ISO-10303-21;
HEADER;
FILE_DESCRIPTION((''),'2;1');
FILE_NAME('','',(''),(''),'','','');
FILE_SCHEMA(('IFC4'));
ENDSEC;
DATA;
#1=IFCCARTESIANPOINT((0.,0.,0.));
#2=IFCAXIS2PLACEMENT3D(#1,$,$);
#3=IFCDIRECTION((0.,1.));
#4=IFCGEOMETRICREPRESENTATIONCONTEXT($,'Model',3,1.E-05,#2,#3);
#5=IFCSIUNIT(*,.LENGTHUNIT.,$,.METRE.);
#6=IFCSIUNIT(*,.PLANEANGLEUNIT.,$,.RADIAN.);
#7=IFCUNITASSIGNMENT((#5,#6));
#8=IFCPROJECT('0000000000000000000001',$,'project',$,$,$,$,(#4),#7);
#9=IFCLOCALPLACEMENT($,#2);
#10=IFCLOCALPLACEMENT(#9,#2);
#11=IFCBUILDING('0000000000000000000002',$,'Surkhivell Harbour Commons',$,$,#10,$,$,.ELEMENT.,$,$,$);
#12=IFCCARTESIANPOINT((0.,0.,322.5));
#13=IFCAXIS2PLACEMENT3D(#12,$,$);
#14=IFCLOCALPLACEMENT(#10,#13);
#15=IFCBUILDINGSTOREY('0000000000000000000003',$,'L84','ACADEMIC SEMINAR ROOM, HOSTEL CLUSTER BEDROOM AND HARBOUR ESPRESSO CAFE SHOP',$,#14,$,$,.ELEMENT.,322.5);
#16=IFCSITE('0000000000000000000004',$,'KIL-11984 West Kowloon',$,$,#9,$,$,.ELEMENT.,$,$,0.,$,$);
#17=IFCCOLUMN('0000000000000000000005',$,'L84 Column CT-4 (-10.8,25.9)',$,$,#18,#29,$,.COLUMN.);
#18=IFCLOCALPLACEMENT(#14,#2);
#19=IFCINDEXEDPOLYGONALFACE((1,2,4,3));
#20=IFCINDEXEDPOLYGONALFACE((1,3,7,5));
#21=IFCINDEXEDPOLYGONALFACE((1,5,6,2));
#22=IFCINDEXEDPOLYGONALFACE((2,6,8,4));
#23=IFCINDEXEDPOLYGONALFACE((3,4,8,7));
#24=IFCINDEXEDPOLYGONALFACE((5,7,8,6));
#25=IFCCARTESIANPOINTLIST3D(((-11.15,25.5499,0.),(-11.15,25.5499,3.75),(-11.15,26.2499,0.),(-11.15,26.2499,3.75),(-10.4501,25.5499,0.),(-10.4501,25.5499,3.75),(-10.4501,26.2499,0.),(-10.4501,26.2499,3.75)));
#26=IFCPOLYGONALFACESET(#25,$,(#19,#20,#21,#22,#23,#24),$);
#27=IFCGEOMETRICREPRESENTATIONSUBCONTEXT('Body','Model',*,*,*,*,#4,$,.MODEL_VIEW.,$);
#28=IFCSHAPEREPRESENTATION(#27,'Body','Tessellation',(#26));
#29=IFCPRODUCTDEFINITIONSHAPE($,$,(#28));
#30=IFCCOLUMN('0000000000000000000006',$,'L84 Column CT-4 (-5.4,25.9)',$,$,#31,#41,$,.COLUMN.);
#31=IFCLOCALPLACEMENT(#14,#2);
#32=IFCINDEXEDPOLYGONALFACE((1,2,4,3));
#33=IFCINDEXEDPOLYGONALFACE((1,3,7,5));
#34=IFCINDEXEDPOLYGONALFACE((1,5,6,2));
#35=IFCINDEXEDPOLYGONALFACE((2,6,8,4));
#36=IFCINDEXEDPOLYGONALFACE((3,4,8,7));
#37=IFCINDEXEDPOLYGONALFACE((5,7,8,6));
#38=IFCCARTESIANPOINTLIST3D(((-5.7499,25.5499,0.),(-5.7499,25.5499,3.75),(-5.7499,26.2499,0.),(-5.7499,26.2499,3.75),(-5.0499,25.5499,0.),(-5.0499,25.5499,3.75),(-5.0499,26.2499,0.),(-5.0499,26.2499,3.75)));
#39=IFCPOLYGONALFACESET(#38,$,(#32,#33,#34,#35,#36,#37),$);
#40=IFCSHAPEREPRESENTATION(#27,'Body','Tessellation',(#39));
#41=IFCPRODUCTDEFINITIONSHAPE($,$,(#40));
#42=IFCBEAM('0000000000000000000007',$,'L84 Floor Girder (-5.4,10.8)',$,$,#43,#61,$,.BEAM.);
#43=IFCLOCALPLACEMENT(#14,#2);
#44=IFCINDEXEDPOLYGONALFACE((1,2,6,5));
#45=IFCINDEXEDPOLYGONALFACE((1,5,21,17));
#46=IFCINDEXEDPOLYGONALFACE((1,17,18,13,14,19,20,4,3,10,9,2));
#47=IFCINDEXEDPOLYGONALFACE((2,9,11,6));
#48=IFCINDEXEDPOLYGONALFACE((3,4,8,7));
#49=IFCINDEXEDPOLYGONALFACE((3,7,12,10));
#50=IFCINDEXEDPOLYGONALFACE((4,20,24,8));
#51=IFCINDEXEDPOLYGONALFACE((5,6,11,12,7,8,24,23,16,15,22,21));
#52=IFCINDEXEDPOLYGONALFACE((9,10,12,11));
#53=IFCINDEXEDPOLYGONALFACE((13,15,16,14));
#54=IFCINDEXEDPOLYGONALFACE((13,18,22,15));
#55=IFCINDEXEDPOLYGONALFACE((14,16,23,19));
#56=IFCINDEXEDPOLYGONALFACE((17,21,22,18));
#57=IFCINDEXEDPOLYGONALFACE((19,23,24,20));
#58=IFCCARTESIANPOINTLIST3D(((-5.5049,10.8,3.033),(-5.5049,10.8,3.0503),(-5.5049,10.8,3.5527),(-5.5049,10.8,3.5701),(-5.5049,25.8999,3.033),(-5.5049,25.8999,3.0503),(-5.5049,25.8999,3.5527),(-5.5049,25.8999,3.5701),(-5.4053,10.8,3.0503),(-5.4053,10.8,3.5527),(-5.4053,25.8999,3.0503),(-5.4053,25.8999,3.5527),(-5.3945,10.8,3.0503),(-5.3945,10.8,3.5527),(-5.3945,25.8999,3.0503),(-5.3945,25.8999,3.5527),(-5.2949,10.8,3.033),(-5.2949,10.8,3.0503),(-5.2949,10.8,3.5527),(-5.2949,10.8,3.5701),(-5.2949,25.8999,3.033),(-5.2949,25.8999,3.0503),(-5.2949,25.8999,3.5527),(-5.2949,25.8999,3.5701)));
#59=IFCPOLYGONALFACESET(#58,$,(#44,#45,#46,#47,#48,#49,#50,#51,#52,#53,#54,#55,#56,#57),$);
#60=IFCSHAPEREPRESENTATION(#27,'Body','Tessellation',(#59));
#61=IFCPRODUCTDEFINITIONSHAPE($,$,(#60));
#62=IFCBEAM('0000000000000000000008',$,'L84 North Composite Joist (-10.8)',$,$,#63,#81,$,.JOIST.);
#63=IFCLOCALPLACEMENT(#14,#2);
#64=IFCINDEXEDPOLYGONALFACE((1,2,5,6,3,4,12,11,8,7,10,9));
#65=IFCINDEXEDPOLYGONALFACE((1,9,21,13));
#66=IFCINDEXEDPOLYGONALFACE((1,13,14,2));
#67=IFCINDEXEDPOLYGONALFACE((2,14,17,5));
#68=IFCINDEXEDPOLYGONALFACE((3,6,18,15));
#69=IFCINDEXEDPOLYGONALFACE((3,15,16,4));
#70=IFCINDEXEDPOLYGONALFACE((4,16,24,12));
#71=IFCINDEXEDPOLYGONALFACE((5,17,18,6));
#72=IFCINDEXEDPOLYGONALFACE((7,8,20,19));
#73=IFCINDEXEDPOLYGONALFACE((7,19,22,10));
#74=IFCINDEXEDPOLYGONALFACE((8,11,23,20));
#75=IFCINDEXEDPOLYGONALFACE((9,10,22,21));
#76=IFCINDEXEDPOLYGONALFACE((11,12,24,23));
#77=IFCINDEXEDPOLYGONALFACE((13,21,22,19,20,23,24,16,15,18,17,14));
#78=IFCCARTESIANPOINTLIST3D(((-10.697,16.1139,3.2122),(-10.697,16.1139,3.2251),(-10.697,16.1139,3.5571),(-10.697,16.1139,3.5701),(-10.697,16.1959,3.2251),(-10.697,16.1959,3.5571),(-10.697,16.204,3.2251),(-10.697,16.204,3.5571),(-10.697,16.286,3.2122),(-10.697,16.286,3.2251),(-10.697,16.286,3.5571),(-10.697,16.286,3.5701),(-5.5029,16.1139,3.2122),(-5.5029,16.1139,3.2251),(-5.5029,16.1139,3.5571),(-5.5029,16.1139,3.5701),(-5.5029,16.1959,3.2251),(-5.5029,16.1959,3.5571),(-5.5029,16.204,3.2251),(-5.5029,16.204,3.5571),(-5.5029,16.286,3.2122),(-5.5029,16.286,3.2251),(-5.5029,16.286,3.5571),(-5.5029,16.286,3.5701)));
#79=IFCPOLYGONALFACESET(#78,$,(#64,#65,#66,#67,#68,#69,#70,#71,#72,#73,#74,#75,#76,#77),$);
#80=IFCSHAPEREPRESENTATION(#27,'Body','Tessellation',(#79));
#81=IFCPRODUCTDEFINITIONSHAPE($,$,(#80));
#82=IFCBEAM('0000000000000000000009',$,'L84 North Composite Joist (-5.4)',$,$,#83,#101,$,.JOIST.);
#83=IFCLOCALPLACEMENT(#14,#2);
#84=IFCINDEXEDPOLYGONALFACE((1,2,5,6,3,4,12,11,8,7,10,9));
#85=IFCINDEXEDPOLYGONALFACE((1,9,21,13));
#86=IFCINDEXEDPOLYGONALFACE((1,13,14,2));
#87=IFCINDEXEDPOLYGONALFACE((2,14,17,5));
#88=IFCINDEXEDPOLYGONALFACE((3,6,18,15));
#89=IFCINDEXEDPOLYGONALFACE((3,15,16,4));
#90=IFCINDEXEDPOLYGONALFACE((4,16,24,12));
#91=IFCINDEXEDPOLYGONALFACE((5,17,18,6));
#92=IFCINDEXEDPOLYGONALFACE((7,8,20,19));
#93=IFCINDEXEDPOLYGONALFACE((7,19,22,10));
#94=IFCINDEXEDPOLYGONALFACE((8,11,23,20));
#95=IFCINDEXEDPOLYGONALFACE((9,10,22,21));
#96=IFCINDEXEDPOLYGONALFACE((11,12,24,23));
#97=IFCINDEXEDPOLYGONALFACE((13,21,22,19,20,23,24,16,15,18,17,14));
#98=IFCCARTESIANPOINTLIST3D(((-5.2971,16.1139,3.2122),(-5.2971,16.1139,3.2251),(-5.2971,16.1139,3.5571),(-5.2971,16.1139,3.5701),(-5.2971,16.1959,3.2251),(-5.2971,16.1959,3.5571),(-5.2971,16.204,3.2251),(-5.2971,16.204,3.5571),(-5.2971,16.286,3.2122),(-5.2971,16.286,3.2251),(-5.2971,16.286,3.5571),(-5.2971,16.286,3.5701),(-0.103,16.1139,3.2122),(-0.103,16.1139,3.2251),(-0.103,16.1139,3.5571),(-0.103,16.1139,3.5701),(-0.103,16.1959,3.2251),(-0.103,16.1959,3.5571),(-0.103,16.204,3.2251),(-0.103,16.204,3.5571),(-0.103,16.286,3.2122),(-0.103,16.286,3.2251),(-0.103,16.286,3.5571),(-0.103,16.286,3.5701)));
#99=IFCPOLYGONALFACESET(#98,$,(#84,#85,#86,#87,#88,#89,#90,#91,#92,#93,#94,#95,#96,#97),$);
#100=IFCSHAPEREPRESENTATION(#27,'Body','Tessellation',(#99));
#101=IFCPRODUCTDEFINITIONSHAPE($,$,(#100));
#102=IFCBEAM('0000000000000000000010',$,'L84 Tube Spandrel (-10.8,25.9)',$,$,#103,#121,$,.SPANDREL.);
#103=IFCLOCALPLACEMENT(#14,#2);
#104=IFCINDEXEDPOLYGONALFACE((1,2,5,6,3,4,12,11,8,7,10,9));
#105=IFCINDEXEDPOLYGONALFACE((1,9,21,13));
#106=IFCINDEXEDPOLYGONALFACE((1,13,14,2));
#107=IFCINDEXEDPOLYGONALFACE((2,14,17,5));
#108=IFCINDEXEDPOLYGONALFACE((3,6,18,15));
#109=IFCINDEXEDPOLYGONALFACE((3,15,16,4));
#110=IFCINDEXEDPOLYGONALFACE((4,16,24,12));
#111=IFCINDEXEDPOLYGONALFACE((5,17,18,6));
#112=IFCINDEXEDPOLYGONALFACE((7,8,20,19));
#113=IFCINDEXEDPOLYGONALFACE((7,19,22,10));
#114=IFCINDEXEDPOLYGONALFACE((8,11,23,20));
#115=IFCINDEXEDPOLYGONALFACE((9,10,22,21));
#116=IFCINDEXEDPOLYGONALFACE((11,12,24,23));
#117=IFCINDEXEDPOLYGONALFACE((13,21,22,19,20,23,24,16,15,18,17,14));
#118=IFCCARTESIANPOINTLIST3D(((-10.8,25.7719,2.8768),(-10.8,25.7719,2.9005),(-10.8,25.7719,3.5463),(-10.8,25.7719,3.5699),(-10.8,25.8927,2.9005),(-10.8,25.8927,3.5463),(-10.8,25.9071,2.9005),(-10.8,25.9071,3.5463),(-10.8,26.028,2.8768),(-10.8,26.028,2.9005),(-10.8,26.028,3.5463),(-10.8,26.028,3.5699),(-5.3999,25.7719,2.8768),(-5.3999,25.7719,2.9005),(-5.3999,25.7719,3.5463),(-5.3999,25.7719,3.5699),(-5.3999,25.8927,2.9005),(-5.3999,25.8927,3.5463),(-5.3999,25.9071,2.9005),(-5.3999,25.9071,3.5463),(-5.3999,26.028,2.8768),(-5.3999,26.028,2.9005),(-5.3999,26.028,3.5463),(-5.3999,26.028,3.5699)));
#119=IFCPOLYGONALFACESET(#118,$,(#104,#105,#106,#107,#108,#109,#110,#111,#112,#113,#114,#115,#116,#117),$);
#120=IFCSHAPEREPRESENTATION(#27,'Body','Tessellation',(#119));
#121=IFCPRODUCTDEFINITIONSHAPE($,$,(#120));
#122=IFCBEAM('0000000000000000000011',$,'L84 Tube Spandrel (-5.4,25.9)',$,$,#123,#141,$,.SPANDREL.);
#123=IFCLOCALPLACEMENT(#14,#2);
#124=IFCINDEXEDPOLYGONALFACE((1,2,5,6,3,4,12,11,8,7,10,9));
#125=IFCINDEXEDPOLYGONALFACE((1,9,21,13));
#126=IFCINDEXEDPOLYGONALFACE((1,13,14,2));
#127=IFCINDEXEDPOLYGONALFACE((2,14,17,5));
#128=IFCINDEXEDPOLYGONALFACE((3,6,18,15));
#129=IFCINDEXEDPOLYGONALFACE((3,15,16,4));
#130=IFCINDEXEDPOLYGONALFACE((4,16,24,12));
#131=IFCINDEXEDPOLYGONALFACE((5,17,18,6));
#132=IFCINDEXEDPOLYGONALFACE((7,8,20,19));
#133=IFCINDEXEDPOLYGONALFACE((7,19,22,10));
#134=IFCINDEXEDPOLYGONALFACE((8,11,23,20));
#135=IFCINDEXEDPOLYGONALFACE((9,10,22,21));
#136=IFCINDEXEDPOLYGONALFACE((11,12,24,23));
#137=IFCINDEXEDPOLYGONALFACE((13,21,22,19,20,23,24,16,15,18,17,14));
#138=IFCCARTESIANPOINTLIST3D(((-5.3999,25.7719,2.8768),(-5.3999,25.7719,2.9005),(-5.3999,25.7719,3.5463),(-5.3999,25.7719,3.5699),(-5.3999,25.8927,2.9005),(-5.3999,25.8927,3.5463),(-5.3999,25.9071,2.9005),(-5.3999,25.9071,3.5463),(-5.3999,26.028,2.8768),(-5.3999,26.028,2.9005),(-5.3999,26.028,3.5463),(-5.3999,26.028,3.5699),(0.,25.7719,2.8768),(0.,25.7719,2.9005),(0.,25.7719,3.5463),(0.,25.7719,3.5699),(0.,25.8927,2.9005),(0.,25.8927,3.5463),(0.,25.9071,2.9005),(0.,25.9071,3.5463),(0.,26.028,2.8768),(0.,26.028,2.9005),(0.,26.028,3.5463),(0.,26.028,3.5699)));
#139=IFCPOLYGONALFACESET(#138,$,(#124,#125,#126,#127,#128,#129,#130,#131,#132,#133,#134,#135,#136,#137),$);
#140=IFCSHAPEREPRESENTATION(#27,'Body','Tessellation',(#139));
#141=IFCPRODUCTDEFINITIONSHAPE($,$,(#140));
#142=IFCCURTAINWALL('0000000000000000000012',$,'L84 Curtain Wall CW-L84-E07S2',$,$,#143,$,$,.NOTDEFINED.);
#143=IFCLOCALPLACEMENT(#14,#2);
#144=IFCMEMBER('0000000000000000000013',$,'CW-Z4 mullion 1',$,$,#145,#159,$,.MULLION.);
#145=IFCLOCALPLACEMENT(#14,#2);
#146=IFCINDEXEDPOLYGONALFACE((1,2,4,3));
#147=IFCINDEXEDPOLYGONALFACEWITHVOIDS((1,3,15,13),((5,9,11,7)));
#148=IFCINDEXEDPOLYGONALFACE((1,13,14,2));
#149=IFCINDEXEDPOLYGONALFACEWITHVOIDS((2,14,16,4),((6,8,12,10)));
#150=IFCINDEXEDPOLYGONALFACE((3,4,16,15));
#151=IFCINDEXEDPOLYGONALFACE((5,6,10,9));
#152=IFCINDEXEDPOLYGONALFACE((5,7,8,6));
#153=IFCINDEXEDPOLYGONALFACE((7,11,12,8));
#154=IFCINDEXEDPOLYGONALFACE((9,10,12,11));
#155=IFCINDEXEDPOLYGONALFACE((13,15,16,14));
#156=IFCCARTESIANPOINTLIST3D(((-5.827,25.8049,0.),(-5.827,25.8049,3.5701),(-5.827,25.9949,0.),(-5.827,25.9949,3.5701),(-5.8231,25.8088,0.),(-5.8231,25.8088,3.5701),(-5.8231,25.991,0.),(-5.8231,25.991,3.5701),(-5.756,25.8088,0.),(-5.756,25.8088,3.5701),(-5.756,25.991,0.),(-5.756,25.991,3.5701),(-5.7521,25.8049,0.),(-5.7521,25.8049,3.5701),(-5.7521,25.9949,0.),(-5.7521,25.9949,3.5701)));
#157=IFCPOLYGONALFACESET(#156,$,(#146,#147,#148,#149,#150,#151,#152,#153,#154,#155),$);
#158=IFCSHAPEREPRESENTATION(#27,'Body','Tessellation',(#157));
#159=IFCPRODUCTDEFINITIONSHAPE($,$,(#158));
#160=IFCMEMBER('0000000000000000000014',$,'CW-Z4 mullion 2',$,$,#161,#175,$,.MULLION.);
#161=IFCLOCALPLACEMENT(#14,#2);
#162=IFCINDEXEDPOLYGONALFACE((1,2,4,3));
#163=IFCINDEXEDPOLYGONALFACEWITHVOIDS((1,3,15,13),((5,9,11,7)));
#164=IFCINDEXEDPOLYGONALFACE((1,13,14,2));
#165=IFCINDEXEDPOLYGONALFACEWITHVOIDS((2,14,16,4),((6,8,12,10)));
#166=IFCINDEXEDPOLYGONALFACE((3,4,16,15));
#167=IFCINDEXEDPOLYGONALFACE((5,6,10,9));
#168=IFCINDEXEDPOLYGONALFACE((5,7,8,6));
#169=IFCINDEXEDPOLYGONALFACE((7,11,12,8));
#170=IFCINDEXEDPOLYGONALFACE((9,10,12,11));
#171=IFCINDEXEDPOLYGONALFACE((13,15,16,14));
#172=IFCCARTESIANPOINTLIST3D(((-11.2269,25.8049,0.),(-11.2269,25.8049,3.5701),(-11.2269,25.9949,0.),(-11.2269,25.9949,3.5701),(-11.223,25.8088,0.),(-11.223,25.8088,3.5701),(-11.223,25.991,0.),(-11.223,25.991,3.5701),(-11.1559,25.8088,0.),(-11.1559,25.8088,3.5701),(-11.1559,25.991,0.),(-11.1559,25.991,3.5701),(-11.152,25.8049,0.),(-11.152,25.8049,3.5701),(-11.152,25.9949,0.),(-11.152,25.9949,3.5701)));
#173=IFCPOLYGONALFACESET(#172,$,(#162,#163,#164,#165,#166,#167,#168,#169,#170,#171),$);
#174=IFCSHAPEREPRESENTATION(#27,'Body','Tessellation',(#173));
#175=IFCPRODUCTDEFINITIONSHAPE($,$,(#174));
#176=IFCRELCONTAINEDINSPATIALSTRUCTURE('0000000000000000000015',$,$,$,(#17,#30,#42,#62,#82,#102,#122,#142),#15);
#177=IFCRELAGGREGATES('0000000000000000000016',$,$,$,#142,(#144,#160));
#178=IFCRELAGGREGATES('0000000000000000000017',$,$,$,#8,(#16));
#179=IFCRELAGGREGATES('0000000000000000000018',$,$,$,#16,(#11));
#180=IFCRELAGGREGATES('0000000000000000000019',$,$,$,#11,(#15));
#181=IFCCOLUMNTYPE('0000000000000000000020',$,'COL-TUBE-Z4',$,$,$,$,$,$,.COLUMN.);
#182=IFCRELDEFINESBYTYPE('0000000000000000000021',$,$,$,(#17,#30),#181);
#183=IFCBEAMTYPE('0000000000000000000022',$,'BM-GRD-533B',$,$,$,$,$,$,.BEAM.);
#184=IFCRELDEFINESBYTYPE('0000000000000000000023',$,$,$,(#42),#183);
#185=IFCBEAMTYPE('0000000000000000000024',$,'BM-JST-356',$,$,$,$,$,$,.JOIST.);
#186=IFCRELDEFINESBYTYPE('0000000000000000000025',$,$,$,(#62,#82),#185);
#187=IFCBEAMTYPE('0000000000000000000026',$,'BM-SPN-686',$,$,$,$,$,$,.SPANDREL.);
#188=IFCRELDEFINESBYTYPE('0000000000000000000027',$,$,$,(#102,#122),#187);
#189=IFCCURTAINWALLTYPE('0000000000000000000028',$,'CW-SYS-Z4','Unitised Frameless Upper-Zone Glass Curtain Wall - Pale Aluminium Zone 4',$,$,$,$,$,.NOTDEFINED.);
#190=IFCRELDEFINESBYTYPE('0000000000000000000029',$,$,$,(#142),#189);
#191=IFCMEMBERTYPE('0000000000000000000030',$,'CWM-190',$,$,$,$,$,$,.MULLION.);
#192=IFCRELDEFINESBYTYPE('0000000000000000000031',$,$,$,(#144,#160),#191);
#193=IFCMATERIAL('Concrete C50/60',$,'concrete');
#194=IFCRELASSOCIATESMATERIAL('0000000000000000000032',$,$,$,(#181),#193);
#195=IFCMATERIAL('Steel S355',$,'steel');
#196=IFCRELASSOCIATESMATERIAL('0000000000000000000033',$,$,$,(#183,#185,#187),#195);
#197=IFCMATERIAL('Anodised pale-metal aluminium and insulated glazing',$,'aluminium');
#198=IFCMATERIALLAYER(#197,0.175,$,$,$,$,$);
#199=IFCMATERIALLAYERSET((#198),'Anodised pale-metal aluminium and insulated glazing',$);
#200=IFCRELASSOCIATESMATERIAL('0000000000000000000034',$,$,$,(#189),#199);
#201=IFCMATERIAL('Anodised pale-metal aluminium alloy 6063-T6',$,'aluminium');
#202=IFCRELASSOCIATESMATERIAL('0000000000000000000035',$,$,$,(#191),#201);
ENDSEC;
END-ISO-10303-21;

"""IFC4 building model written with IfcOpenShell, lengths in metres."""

from ifc_helpers import new_model, si_unit, direction, frame, origin, origin_2d, place, context, subcontext, project, spatial, rectangle, hollow_rectangle, i_section, extrude, material, layer, layer_set, material_profile, profile_set, type_object, element, aggregate, save


model = new_model("IFC4")

# Units and contexts
model_context = context("Model", 3, precision=1e-05, world=origin(), true_north=direction((0.0, 1.0)))
body_context = subcontext(model_context, "Body", "Model", "MODEL_VIEW")
ifc_project = project(units=[si_unit("LENGTHUNIT", "METRE"), si_unit("PLANEANGLEUNIT", "RADIAN")], contexts=[model_context])

# Site, building, storey
site_placement = place(None, origin())
site = spatial("IfcSite", under=ifc_project, at=site_placement, Name="KIL-11984 West Kowloon", CompositionType="ELEMENT", RefElevation=0.0)
building_placement = place(site_placement, origin())
building = spatial("IfcBuilding", under=site, at=building_placement, Name="Surkhivell Harbour Commons", CompositionType="ELEMENT")
storey_placement = place(building_placement, frame((0.0, 0.0, 322.5)))
storey = spatial("IfcBuildingStorey", under=building, at=storey_placement, Name="L84", Description="ACADEMIC SEMINAR ROOM, HOSTEL CLUSTER BEDROOM AND HARBOUR ESPRESSO CAFE SHOP", CompositionType="ELEMENT", Elevation=322.5)

# Columns
ifc_material_1 = material(Name="Concrete C50/60", Category="concrete")
ifc_material_profile_1 = material_profile(ifc_material_1, rectangle(XDim=0.7, YDim=0.7, at=origin_2d()), Name="RC-COL-700x700")
ifc_profile_set_1 = profile_set([ifc_material_profile_1], Name="Concrete C50/60")
column_type = type_object("IfcColumnType", Name="COL-TUBE-Z4", PredefinedType="COLUMN", material=ifc_profile_set_1)
for number, where, z_axis, x_axis, name in (
    (1, (-10.8, 25.8999, 0.0), (0.0, 0.0, 1.0), (1.0, 0.0, 0.0), "L84 Column CT-4 (-10.8,25.9)"),
    (2, (-5.3999, 25.8999, 0.0), (0.0, 0.0, 1.0), (1.0, 0.0, 0.0), "L84 Column CT-4 (-5.4,25.9)"),
):
    element("IfcColumn", number, at=place(storey_placement, frame(where, z_axis=z_axis, x_axis=x_axis)), inside=storey, type_object=column_type, Name=name, PredefinedType="COLUMN", context=body_context, shape_type="SweptSolid", body=[
        extrude(rectangle(XDim=0.7, YDim=0.7, at=origin_2d()), origin(), (0.0, 0.0, 1.0), 3.75),
    ])

# Beams
ifc_material_2 = material(Name="Steel S355", Category="steel")
ifc_material_profile_2 = material_profile(ifc_material_2, i_section(OverallWidth=0.21, OverallDepth=0.5371, WebThickness=0.0107, FlangeThickness=0.0173, at=origin_2d()), Name="UB533x210x101")
ifc_profile_set_2 = profile_set([ifc_material_profile_2], Name="Steel S355")
beam_type_1 = type_object("IfcBeamType", Name="BM-GRD-533B", PredefinedType="BEAM", material=ifc_profile_set_2)
beam_1_placement = place(storey_placement, frame((-5.3999, 10.8, 3.3015), z_axis=(0.0, 1.0, 0.0), x_axis=(-1.0, 0.0, 0.0)))
element("IfcBeam", 3, at=beam_1_placement, inside=storey, type_object=beam_type_1, Name="L84 Floor Girder (-5.4,10.8)", PredefinedType="BEAM", context=body_context, shape_type="SweptSolid", body=[
    extrude(i_section(OverallWidth=0.21, OverallDepth=0.5371, WebThickness=0.0107, FlangeThickness=0.0173, at=origin_2d()), origin(), (0.0, 0.0, 1.0), 15.0999),
])
ifc_material_profile_3 = material_profile(ifc_material_2, i_section(OverallWidth=0.1721, OverallDepth=0.3579, WebThickness=0.0081, FlangeThickness=0.0129, at=origin_2d()), Name="UB356x171x57")
ifc_profile_set_3 = profile_set([ifc_material_profile_3], Name="Steel S355")
beam_type_2 = type_object("IfcBeamType", Name="BM-JST-356", PredefinedType="JOIST", material=ifc_profile_set_3)
for number, where, z_axis, x_axis, name in (
    (4, (-10.697, 16.2, 3.3911), (1.0, 0.0, 0.0), (0.0, 1.0, 0.0), "L84 North Composite Joist (-10.8)"),
    (5, (-5.2971, 16.2, 3.3911), (1.0, 0.0, 0.0), (0.0, 1.0, 0.0), "L84 North Composite Joist (-5.4)"),
):
    element("IfcBeam", number, at=place(storey_placement, frame(where, z_axis=z_axis, x_axis=x_axis)), inside=storey, type_object=beam_type_2, Name=name, PredefinedType="JOIST", context=body_context, shape_type="SweptSolid", body=[
        extrude(i_section(OverallWidth=0.1721, OverallDepth=0.3579, WebThickness=0.0081, FlangeThickness=0.0129, at=origin_2d()), origin(), (0.0, 0.0, 1.0), 5.1941),
    ])
ifc_material_profile_4 = material_profile(ifc_material_2, i_section(OverallWidth=0.2561, OverallDepth=0.6931, WebThickness=0.0144, FlangeThickness=0.0237, at=origin_2d()), Name="UB686x254x170")
ifc_profile_set_4 = profile_set([ifc_material_profile_4], Name="Steel S355")
beam_type_3 = type_object("IfcBeamType", Name="BM-SPN-686", PredefinedType="SPANDREL", material=ifc_profile_set_4)
beam_2_placement = place(storey_placement, frame((-10.8, 25.8999, 3.2234), z_axis=(1.0, 0.0, 0.0), x_axis=(0.0, 1.0, 0.0)))
element("IfcBeam", 6, at=beam_2_placement, inside=storey, type_object=beam_type_3, Name="L84 Tube Spandrel (-10.8,25.9)", PredefinedType="SPANDREL", context=body_context, shape_type="SweptSolid", body=[
    extrude(i_section(OverallWidth=0.2561, OverallDepth=0.6931, WebThickness=0.0144, FlangeThickness=0.0237, at=origin_2d()), origin(), (0.0, 0.0, 1.0), 5.4001),
])
beam_3_placement = place(storey_placement, frame((-5.3999, 25.8999, 3.2234), z_axis=(1.0, 0.0, 0.0), x_axis=(0.0, 1.0, 0.0)))
element("IfcBeam", 7, at=beam_3_placement, inside=storey, type_object=beam_type_3, Name="L84 Tube Spandrel (-5.4,25.9)", PredefinedType="SPANDREL", context=body_context, shape_type="SweptSolid", body=[
    extrude(i_section(OverallWidth=0.2561, OverallDepth=0.6931, WebThickness=0.0144, FlangeThickness=0.0237, at=origin_2d()), origin(), (0.0, 0.0, 1.0), 5.3999),
])

# Curtain wall, members
ifc_material_3 = material(Name="Anodised pale-metal aluminium and insulated glazing", Category="aluminium")
ifc_layer_1 = layer(ifc_material_3, 0.175)
ifc_layer_set_1 = layer_set([ifc_layer_1], Name="Anodised pale-metal aluminium and insulated glazing")
curtain_wall_type = type_object("IfcCurtainWallType", Name="CW-SYS-Z4", Description="Unitised Frameless Upper-Zone Glass Curtain Wall - Pale Aluminium Zone 4", PredefinedType="NOTDEFINED", material=ifc_layer_set_1)
curtain_wall_placement = place(storey_placement, origin())
curtain_wall = element("IfcCurtainWall", 8, at=curtain_wall_placement, inside=storey, type_object=curtain_wall_type, Name="L84 Curtain Wall CW-L84-E07S2", PredefinedType="NOTDEFINED")
ifc_material_4 = material(Name="Anodised pale-metal aluminium alloy 6063-T6", Category="aluminium")
ifc_material_profile_5 = material_profile(ifc_material_4, hollow_rectangle(XDim=0.075, YDim=0.1899, WallThickness=0.0039, at=origin_2d()), Name="ALU-MULL-75x190")
ifc_profile_set_5 = profile_set([ifc_material_profile_5], Name="Anodised pale-metal aluminium alloy 6063-T6")
member_type_1 = type_object("IfcMemberType", Name="CWM-190", PredefinedType="MULLION", material=ifc_profile_set_5)
member_1_placement = place(storey_placement, frame((-5.7896, 25.8999, 0.0), z_axis=(0.0, 0.0, 1.0), x_axis=(-1.0, 0.0, 0.0)))
member_1 = element("IfcMember", 9, at=member_1_placement, type_object=member_type_1, Name="CW-Z4 mullion 1", PredefinedType="MULLION", context=body_context, shape_type="SweptSolid", body=[
    extrude(hollow_rectangle(XDim=0.075, YDim=0.1899, WallThickness=0.0039, at=origin_2d()), origin(), (0.0, 0.0, 1.0), 3.5701),
])
member_2_placement = place(storey_placement, frame((-11.1895, 25.8999, 0.0), z_axis=(0.0, 0.0, 1.0), x_axis=(-1.0, 0.0, 0.0)))
member_2 = element("IfcMember", 10, at=member_2_placement, type_object=member_type_1, Name="CW-Z4 mullion 2", PredefinedType="MULLION", context=body_context, shape_type="SweptSolid", body=[
    extrude(hollow_rectangle(XDim=0.075, YDim=0.1899, WallThickness=0.0039, at=origin_2d()), origin(), (0.0, 0.0, 1.0), 3.5701),
])
aggregate(curtain_wall, [member_1, member_2])

save(model, "model.ifc")
